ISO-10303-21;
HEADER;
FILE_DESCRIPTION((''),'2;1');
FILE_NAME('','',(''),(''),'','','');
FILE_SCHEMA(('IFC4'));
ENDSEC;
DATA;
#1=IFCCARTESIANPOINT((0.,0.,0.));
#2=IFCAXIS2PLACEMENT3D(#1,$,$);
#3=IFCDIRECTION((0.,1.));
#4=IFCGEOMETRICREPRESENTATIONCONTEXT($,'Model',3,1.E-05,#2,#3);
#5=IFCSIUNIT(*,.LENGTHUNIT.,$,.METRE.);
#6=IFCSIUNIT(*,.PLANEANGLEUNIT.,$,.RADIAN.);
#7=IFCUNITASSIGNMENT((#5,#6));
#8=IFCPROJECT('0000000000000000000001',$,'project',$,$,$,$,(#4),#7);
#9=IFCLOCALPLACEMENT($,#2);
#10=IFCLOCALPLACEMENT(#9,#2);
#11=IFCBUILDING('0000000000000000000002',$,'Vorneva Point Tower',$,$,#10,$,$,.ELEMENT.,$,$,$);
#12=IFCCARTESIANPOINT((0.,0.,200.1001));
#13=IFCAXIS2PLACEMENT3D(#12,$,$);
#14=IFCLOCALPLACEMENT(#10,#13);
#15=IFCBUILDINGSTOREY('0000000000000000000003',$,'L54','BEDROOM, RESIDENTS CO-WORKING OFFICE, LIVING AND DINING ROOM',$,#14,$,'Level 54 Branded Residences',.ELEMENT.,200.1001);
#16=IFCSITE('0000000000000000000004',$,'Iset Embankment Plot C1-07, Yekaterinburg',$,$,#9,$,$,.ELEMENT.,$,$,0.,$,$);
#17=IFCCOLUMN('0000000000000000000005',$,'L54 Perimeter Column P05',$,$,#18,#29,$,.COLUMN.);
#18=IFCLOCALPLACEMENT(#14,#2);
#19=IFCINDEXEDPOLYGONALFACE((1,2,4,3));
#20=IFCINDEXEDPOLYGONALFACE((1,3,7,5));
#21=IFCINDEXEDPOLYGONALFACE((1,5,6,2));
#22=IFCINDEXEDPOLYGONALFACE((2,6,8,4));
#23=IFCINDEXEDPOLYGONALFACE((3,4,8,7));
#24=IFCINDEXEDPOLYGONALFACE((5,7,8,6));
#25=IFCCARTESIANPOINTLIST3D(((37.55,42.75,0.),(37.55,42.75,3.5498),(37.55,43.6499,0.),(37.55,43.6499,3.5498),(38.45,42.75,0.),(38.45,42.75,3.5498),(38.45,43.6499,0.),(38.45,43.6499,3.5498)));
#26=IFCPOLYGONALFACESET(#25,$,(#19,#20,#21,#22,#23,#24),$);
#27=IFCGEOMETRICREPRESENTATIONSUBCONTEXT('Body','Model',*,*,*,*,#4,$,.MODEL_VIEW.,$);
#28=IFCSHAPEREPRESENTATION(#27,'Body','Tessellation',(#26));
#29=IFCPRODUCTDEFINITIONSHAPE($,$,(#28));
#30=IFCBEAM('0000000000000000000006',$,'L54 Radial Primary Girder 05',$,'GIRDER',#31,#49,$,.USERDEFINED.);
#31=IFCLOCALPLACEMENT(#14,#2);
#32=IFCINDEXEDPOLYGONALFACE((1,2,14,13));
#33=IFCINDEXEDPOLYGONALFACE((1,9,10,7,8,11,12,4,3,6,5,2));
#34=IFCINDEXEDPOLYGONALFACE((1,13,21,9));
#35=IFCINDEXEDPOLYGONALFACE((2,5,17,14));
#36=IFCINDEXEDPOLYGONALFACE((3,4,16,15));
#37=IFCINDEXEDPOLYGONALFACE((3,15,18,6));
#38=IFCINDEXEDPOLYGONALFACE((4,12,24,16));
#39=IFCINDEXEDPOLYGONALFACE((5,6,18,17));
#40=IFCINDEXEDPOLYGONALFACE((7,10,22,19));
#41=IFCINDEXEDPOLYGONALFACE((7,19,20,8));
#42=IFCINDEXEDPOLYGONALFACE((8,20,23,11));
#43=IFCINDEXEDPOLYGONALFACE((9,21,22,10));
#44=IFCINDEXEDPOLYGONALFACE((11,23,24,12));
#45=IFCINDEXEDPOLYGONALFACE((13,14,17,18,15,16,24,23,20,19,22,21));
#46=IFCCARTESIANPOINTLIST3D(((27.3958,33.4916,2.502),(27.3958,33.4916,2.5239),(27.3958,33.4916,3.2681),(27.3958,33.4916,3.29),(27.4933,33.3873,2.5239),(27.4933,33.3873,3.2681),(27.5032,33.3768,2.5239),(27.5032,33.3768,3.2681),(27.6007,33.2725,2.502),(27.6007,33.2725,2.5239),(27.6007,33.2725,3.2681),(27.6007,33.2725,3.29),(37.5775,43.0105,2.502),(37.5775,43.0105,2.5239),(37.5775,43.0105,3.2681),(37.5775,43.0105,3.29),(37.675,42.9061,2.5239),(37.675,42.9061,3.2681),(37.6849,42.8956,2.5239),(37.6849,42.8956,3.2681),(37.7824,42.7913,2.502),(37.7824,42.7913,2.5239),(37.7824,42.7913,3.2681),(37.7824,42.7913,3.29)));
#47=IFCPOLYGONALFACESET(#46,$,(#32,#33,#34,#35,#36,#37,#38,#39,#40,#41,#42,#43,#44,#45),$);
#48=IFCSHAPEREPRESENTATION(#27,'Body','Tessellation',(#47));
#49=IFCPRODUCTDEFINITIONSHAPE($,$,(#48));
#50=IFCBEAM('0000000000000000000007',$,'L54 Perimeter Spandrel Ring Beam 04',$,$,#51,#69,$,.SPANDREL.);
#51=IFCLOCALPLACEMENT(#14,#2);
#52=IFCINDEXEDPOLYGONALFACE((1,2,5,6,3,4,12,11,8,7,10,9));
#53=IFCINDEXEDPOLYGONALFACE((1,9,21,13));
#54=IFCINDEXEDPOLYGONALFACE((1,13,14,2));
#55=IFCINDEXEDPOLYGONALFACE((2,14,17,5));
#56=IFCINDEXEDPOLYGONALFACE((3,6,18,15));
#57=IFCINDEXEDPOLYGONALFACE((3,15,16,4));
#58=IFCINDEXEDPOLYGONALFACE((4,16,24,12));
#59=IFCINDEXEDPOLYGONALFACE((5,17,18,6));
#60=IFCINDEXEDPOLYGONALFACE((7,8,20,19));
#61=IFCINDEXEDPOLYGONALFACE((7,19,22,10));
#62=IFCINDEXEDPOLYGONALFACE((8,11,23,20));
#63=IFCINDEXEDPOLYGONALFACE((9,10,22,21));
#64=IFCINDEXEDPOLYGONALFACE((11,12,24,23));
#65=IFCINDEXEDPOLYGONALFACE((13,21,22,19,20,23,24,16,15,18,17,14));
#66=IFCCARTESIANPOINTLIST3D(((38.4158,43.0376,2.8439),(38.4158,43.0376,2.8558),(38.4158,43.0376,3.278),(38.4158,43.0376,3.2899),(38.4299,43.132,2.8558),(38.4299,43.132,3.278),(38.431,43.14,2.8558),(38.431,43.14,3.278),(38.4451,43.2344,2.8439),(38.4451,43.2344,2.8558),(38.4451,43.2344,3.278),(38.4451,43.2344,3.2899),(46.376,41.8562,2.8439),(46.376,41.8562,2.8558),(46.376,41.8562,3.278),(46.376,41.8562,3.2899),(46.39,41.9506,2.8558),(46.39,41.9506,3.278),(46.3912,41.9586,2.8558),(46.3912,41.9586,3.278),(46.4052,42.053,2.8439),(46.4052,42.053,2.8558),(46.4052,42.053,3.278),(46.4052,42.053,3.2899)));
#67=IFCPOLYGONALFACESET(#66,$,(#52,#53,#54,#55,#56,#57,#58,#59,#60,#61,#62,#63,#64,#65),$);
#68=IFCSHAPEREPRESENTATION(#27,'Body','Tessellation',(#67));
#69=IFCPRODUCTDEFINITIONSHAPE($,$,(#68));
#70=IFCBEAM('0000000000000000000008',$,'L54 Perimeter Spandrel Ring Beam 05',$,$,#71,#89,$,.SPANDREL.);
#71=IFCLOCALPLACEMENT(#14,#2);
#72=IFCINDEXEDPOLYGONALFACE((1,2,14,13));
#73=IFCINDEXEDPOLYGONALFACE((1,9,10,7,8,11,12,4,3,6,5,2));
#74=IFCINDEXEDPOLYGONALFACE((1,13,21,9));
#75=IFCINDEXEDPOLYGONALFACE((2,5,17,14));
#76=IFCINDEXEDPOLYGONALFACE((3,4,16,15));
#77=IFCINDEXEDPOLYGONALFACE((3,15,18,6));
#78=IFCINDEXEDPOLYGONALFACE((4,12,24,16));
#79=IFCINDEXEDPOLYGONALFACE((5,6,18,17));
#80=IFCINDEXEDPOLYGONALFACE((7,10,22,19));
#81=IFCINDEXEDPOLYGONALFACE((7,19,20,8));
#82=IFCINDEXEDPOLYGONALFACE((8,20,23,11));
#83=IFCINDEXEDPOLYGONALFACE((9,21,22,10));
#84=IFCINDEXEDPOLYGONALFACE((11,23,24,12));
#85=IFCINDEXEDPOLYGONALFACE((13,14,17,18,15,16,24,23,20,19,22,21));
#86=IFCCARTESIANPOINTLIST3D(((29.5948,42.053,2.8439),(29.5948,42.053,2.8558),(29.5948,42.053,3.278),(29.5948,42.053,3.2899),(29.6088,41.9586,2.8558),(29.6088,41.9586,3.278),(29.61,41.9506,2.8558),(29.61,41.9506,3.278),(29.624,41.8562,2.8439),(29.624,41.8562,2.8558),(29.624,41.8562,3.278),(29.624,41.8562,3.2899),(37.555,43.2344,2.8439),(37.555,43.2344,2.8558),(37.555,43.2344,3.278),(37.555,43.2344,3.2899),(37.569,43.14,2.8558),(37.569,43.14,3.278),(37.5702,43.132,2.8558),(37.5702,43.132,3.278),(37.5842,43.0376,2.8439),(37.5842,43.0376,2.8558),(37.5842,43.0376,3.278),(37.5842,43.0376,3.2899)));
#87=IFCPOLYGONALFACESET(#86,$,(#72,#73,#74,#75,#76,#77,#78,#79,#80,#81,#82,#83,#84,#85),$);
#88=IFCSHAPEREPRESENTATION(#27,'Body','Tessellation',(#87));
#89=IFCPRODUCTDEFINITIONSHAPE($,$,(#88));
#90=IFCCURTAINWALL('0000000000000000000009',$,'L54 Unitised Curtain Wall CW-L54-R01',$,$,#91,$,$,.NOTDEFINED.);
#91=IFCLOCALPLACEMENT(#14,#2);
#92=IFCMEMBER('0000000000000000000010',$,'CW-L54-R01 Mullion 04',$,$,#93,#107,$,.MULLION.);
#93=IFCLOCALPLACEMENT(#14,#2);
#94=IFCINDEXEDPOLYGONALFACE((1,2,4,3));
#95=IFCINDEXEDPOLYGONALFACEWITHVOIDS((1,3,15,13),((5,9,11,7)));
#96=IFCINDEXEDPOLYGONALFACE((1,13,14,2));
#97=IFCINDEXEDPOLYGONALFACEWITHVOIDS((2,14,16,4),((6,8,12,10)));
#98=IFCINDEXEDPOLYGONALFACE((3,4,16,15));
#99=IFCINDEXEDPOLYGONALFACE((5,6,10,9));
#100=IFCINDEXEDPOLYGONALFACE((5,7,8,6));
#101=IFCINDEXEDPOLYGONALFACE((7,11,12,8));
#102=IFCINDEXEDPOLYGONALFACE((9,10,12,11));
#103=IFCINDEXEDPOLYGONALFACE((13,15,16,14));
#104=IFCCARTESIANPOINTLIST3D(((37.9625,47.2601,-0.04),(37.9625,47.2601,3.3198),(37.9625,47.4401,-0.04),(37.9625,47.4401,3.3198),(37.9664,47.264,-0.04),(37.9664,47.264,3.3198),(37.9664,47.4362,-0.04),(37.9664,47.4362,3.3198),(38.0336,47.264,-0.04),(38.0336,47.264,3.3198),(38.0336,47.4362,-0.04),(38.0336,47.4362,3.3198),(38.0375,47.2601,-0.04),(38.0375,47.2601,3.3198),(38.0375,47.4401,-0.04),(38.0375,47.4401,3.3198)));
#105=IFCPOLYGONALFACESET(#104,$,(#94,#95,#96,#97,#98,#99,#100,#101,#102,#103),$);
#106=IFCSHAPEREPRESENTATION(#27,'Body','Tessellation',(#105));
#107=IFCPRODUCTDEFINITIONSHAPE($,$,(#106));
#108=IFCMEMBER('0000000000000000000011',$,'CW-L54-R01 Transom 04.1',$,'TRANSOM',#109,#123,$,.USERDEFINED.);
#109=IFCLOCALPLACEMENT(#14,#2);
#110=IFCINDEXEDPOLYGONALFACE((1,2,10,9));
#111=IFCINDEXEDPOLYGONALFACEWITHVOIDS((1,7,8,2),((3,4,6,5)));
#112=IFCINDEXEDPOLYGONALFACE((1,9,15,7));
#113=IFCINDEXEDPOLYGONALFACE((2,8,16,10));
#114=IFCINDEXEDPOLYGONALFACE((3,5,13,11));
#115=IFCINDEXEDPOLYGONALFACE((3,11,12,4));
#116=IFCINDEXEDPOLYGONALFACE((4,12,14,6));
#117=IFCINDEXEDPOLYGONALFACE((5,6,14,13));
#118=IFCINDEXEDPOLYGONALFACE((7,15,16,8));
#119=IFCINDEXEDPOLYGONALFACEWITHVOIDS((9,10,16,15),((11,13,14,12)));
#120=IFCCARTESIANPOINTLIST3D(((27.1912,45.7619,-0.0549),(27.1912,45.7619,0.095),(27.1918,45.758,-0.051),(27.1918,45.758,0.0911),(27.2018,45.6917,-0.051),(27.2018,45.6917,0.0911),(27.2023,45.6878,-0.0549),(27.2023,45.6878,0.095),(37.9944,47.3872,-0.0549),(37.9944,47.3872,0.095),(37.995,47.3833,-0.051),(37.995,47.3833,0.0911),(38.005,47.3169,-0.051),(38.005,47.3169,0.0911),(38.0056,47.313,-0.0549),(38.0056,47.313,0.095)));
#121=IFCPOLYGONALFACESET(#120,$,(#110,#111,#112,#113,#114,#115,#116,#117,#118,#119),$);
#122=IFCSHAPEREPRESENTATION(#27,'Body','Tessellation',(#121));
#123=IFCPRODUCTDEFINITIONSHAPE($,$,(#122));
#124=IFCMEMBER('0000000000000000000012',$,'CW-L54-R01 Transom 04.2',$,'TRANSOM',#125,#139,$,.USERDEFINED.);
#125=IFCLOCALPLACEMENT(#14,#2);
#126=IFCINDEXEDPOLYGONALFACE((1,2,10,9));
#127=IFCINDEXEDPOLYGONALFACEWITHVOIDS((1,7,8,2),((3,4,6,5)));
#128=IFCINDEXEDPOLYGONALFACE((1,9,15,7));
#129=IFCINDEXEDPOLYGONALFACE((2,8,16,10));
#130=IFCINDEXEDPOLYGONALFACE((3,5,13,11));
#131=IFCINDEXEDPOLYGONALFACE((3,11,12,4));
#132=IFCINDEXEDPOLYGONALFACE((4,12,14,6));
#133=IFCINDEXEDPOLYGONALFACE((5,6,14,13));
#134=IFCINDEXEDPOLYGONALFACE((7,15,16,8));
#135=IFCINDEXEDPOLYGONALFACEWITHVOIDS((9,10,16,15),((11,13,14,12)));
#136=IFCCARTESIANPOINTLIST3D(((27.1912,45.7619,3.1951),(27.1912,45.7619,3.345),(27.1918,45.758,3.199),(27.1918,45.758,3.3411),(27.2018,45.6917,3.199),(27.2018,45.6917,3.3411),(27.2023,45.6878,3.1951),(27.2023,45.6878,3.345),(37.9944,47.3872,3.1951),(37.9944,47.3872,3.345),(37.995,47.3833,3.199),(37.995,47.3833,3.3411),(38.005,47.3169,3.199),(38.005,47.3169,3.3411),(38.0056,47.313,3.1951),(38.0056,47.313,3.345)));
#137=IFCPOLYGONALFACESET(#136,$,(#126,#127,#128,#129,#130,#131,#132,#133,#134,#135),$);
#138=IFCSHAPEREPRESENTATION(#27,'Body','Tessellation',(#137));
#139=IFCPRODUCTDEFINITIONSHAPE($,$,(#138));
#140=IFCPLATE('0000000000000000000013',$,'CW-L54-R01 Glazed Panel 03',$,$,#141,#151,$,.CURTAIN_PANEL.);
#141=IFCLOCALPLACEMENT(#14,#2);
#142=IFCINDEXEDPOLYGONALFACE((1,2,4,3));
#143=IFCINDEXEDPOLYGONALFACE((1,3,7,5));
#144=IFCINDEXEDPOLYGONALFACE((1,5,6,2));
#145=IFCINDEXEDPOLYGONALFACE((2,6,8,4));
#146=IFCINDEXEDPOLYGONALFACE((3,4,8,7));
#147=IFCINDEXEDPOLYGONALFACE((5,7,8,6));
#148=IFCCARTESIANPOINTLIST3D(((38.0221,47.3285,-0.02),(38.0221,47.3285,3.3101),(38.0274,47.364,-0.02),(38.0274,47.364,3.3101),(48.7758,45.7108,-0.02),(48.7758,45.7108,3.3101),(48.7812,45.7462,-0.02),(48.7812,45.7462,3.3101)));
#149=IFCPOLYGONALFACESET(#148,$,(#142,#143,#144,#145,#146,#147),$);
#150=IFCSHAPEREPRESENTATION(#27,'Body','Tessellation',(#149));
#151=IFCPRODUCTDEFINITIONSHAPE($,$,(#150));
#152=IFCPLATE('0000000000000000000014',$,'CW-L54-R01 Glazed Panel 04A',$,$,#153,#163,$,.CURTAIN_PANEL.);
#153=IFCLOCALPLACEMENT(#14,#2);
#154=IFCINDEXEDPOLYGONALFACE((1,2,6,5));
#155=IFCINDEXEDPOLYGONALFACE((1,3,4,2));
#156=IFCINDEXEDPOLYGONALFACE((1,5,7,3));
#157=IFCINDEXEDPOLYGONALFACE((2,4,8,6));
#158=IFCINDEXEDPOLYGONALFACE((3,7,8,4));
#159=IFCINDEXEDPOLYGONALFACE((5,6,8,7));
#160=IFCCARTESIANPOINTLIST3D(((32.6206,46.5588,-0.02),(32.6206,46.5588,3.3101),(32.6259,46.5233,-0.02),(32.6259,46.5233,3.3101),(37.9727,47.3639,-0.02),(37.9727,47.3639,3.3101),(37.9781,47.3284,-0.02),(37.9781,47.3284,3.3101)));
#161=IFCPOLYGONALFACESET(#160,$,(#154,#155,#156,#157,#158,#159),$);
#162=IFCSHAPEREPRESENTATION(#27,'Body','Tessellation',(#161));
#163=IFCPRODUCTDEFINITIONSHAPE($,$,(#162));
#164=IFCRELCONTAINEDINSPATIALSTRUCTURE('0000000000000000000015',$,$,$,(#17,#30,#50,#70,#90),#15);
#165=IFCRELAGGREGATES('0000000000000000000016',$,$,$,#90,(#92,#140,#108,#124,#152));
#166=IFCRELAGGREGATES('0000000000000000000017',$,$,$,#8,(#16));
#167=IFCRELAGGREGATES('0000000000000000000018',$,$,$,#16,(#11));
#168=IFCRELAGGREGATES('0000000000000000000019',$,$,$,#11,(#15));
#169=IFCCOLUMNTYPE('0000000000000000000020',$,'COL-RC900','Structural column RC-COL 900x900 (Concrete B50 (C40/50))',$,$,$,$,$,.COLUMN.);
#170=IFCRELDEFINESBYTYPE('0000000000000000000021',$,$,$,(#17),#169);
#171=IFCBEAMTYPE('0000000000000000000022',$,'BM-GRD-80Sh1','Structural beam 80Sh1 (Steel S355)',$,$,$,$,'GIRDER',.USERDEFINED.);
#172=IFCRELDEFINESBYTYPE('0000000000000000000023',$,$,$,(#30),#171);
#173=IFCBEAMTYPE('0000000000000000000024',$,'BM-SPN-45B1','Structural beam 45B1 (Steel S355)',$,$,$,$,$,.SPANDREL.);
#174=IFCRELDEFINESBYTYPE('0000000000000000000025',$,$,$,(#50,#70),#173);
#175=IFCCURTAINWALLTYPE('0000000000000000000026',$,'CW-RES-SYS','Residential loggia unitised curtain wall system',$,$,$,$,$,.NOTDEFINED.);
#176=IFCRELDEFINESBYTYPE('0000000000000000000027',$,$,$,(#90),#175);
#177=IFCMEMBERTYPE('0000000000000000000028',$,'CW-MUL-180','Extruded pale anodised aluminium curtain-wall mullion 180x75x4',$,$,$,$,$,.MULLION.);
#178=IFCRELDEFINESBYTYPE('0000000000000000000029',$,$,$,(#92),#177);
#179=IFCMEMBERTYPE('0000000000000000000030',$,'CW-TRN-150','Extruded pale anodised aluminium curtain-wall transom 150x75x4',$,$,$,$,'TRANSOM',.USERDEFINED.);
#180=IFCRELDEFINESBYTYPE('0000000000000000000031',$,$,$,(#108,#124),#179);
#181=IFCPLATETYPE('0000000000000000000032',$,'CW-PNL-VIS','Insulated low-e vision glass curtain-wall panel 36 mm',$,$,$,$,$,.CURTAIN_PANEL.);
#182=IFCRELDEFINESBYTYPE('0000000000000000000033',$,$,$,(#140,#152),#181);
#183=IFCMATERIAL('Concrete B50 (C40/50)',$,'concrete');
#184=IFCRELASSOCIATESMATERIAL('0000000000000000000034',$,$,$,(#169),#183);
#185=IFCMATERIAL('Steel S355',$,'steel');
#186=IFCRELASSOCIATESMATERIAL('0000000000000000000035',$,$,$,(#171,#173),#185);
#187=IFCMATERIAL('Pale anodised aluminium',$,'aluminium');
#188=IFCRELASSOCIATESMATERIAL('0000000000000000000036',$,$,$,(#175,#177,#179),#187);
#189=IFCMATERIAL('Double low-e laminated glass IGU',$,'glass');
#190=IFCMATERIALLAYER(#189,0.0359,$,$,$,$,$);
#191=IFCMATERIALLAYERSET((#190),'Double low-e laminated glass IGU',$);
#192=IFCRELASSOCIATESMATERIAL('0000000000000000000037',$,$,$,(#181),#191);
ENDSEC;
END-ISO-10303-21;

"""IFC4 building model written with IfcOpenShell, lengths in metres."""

from ifc_helpers import new_model, si_unit, direction, frame, origin, origin_2d, place, context, subcontext, project, spatial, rectangle, hollow_rectangle, i_section, extrude, material, layer, layer_set, material_profile, profile_set, type_object, element, aggregate, save


model = new_model("IFC4")

# Units and contexts
model_context = context("Model", 3, precision=1e-05, world=origin(), true_north=direction((0.0, 1.0)))
body_context = subcontext(model_context, "Body", "Model", "MODEL_VIEW")
ifc_project = project(units=[si_unit("LENGTHUNIT", "METRE"), si_unit("PLANEANGLEUNIT", "RADIAN")], contexts=[model_context])

# Site, building, storey
site_placement = place(None, origin())
site = spatial("IfcSite", under=ifc_project, at=site_placement, Name="Iset Embankment Plot C1-07, Yekaterinburg", CompositionType="ELEMENT", RefElevation=0.0)
building_placement = place(site_placement, origin())
building = spatial("IfcBuilding", under=site, at=building_placement, Name="Vorneva Point Tower", CompositionType="ELEMENT")
storey_placement = place(building_placement, frame((0.0, 0.0, 200.1001)))
storey = spatial("IfcBuildingStorey", under=building, at=storey_placement, Name="L54", Description="BEDROOM, RESIDENTS CO-WORKING OFFICE, LIVING AND DINING ROOM", LongName="Level 54 Branded Residences", CompositionType="ELEMENT", Elevation=200.1001)

# Column
ifc_material_1 = material(Name="Concrete B50 (C40/50)", Category="concrete")
ifc_material_profile_1 = material_profile(ifc_material_1, rectangle(XDim=0.8999, YDim=0.8999, at=origin_2d()), Name="RC-COL 900x900")
ifc_profile_set_1 = profile_set([ifc_material_profile_1], Name="Concrete B50 (C40/50)")
column_type = type_object("IfcColumnType", Name="COL-RC900", Description="Structural column RC-COL 900x900 (Concrete B50 (C40/50))", PredefinedType="COLUMN", material=ifc_profile_set_1)
column_placement = place(storey_placement, frame((38.0, 43.2, 0.0), z_axis=(0.0, 0.0, 1.0), x_axis=(0.0, 1.0, 0.0)))
element("IfcColumn", 1, at=column_placement, inside=storey, type_object=column_type, Name="L54 Perimeter Column P05", PredefinedType="COLUMN", context=body_context, shape_type="SweptSolid", body=[
    extrude(rectangle(XDim=0.8999, YDim=0.8999, at=origin_2d()), origin(), (0.0, 0.0, 1.0), 3.5498),
])

# Beams
ifc_material_2 = material(Name="Steel S355", Category="steel")
ifc_material_profile_2 = material_profile(ifc_material_2, i_section(OverallWidth=0.3, OverallDepth=0.7881, WebThickness=0.0144, FlangeThickness=0.022, at=origin_2d()), Name="80Sh1")
ifc_profile_set_2 = profile_set([ifc_material_profile_2], Name="Steel S355")
beam_type_1 = type_object("IfcBeamType", Name="BM-GRD-80Sh1", Description="Structural beam 80Sh1 (Steel S355)", ElementType="GIRDER", PredefinedType="USERDEFINED", material=ifc_profile_set_2)
beam_placement = place(storey_placement, frame((37.6799, 42.9009, 2.896), z_axis=(-0.730485, -0.682929, 0.0), x_axis=(0.682929, -0.730485, 0.0)))
element("IfcBeam", 2, at=beam_placement, inside=storey, type_object=beam_type_1, Name="L54 Radial Primary Girder 05", ObjectType="GIRDER", PredefinedType="USERDEFINED", context=body_context, shape_type="SweptSolid", body=[
    extrude(i_section(OverallWidth=0.3, OverallDepth=0.7881, WebThickness=0.0144, FlangeThickness=0.022, at=origin_2d()), origin(), (0.0, 0.0, 1.0), 13.9382),
])
ifc_material_profile_3 = material_profile(ifc_material_2, i_section(OverallWidth=0.199, OverallDepth=0.446, WebThickness=0.0081, FlangeThickness=0.012, at=origin_2d()), Name="45B1")
ifc_profile_set_3 = profile_set([ifc_material_profile_3], Name="Steel S355")
beam_type_2 = type_object("IfcBeamType", Name="BM-SPN-45B1", Description="Structural beam 45B1 (Steel S355)", PredefinedType="SPANDREL", material=ifc_profile_set_3)
for number, where, z_axis, x_axis, name in (
    (3, (46.3906, 41.9546, 3.0669), (-0.989165, 0.146805, 0.0), (-0.146805, -0.989165, 0.0), "L54 Perimeter Spandrel Ring Beam 04"),
    (4, (37.5696, 43.136, 3.0669), (-0.989165, -0.146805, 0.0), (0.146805, -0.989165, 0.0), "L54 Perimeter Spandrel Ring Beam 05"),
):
    element("IfcBeam", number, at=place(storey_placement, frame(where, z_axis=z_axis, x_axis=x_axis)), inside=storey, type_object=beam_type_2, Name=name, PredefinedType="SPANDREL", context=body_context, shape_type="SweptSolid", body=[
        extrude(i_section(OverallWidth=0.199, OverallDepth=0.446, WebThickness=0.0081, FlangeThickness=0.012, at=origin_2d()), origin(), (0.0, 0.0, 1.0), 8.0474),
    ])

# Curtain wall, members, plates
ifc_material_3 = material(Name="Pale anodised aluminium", Category="aluminium")
curtain_wall_type = type_object("IfcCurtainWallType", Name="CW-RES-SYS", Description="Residential loggia unitised curtain wall system", PredefinedType="NOTDEFINED", material=ifc_material_3)
curtain_wall_placement = place(storey_placement, origin())
curtain_wall = element("IfcCurtainWall", 5, at=curtain_wall_placement, inside=storey, type_object=curtain_wall_type, Name="L54 Unitised Curtain Wall CW-L54-R01", PredefinedType="NOTDEFINED")
ifc_material_profile_4 = material_profile(ifc_material_3, hollow_rectangle(XDim=0.075, YDim=0.1799, WallThickness=0.0039, at=origin_2d()), Name="AL-MUL 180x75x4")
ifc_profile_set_4 = profile_set([ifc_material_profile_4], Name="Pale anodised aluminium")
member_type_1 = type_object("IfcMemberType", Name="CW-MUL-180", Description="Extruded pale anodised aluminium curtain-wall mullion 180x75x4", PredefinedType="MULLION", material=ifc_profile_set_4)
member_1_placement = place(storey_placement, frame((38.0, 47.3501, -0.04), z_axis=(0.0, 0.0, 1.0), x_axis=(1.0, 0.0, 0.0)))
member_1 = element("IfcMember", 6, at=member_1_placement, type_object=member_type_1, Name="CW-L54-R01 Mullion 04", PredefinedType="MULLION", context=body_context, shape_type="SweptSolid", body=[
    extrude(hollow_rectangle(XDim=0.075, YDim=0.1799, WallThickness=0.0039, at=origin_2d()), origin(), (0.0, 0.0, 1.0), 3.3599),
])
ifc_material_profile_5 = material_profile(ifc_material_3, hollow_rectangle(XDim=0.075, YDim=0.1499, WallThickness=0.0039, at=origin_2d()), Name="AL-TRN 150x75x4")
ifc_profile_set_5 = profile_set([ifc_material_profile_5], Name="Pale anodised aluminium")
member_type_2 = type_object("IfcMemberType", Name="CW-TRN-150", Description="Extruded pale anodised aluminium curtain-wall transom 150x75x4", ElementType="TRANSOM", PredefinedType="USERDEFINED", material=ifc_profile_set_5)
member_2_placement = place(storey_placement, frame((38.0, 47.3501, 0.02), z_axis=(-0.988872, -0.148767, 0.0), x_axis=(0.148767, -0.988872, 0.0)))
member_2 = element("IfcMember", 7, at=member_2_placement, type_object=member_type_2, Name="CW-L54-R01 Transom 04.1", ObjectType="TRANSOM", PredefinedType="USERDEFINED", context=body_context, shape_type="SweptSolid", body=[
    extrude(hollow_rectangle(XDim=0.075, YDim=0.1499, WallThickness=0.0039, at=origin_2d()), origin(), (0.0, 0.0, 1.0), 10.9248),
])
member_3_placement = place(storey_placement, frame((38.0, 47.3501, 3.27), z_axis=(-0.988872, -0.148767, 0.0), x_axis=(0.148767, -0.988872, 0.0)))
member_3 = element("IfcMember", 8, at=member_3_placement, type_object=member_type_2, Name="CW-L54-R01 Transom 04.2", ObjectType="TRANSOM", PredefinedType="USERDEFINED", context=body_context, shape_type="SweptSolid", body=[
    extrude(hollow_rectangle(XDim=0.075, YDim=0.1499, WallThickness=0.0039, at=origin_2d()), origin(), (0.0, 0.0, 1.0), 10.9248),
])
ifc_material_4 = material(Name="Double low-e laminated glass IGU", Category="glass")
ifc_layer_1 = layer(ifc_material_4, 0.0359)
ifc_layer_set_1 = layer_set([ifc_layer_1], Name="Double low-e laminated glass IGU")
plate_type = type_object("IfcPlateType", Name="CW-PNL-VIS", Description="Insulated low-e vision glass curtain-wall panel 36 mm", PredefinedType="CURTAIN_PANEL", material=ifc_layer_set_1)
plate_1_placement = place(storey_placement, frame((43.4016, 46.5374, -0.02), z_axis=(0.0, 0.0, 1.0), x_axis=(-0.988874, 0.148759, 0.0)))
plate_1 = element("IfcPlate", 9, at=plate_1_placement, type_object=plate_type, Name="CW-L54-R01 Glazed Panel 03", PredefinedType="CURTAIN_PANEL", context=body_context, shape_type="SweptSolid", body=[
    extrude(rectangle(XDim=10.8748, YDim=0.0359, at=origin_2d()), origin(), (0.0, 0.0, 1.0), 3.3301),
])
plate_2_placement = place(storey_placement, frame((35.2993, 46.9436, -0.02), z_axis=(0.0, 0.0, 1.0), x_axis=(-0.988874, -0.148759, 0.0)))
plate_2 = element("IfcPlate", 10, at=plate_2_placement, type_object=plate_type, Name="CW-L54-R01 Glazed Panel 04A", PredefinedType="CURTAIN_PANEL", context=body_context, shape_type="SweptSolid", body=[
    extrude(rectangle(XDim=5.4124, YDim=0.0359, at=origin_2d()), origin(), (0.0, 0.0, 1.0), 3.3301),
])
aggregate(curtain_wall, [member_1, plate_1, member_2, member_3, plate_2])

save(model, "model.ifc")
